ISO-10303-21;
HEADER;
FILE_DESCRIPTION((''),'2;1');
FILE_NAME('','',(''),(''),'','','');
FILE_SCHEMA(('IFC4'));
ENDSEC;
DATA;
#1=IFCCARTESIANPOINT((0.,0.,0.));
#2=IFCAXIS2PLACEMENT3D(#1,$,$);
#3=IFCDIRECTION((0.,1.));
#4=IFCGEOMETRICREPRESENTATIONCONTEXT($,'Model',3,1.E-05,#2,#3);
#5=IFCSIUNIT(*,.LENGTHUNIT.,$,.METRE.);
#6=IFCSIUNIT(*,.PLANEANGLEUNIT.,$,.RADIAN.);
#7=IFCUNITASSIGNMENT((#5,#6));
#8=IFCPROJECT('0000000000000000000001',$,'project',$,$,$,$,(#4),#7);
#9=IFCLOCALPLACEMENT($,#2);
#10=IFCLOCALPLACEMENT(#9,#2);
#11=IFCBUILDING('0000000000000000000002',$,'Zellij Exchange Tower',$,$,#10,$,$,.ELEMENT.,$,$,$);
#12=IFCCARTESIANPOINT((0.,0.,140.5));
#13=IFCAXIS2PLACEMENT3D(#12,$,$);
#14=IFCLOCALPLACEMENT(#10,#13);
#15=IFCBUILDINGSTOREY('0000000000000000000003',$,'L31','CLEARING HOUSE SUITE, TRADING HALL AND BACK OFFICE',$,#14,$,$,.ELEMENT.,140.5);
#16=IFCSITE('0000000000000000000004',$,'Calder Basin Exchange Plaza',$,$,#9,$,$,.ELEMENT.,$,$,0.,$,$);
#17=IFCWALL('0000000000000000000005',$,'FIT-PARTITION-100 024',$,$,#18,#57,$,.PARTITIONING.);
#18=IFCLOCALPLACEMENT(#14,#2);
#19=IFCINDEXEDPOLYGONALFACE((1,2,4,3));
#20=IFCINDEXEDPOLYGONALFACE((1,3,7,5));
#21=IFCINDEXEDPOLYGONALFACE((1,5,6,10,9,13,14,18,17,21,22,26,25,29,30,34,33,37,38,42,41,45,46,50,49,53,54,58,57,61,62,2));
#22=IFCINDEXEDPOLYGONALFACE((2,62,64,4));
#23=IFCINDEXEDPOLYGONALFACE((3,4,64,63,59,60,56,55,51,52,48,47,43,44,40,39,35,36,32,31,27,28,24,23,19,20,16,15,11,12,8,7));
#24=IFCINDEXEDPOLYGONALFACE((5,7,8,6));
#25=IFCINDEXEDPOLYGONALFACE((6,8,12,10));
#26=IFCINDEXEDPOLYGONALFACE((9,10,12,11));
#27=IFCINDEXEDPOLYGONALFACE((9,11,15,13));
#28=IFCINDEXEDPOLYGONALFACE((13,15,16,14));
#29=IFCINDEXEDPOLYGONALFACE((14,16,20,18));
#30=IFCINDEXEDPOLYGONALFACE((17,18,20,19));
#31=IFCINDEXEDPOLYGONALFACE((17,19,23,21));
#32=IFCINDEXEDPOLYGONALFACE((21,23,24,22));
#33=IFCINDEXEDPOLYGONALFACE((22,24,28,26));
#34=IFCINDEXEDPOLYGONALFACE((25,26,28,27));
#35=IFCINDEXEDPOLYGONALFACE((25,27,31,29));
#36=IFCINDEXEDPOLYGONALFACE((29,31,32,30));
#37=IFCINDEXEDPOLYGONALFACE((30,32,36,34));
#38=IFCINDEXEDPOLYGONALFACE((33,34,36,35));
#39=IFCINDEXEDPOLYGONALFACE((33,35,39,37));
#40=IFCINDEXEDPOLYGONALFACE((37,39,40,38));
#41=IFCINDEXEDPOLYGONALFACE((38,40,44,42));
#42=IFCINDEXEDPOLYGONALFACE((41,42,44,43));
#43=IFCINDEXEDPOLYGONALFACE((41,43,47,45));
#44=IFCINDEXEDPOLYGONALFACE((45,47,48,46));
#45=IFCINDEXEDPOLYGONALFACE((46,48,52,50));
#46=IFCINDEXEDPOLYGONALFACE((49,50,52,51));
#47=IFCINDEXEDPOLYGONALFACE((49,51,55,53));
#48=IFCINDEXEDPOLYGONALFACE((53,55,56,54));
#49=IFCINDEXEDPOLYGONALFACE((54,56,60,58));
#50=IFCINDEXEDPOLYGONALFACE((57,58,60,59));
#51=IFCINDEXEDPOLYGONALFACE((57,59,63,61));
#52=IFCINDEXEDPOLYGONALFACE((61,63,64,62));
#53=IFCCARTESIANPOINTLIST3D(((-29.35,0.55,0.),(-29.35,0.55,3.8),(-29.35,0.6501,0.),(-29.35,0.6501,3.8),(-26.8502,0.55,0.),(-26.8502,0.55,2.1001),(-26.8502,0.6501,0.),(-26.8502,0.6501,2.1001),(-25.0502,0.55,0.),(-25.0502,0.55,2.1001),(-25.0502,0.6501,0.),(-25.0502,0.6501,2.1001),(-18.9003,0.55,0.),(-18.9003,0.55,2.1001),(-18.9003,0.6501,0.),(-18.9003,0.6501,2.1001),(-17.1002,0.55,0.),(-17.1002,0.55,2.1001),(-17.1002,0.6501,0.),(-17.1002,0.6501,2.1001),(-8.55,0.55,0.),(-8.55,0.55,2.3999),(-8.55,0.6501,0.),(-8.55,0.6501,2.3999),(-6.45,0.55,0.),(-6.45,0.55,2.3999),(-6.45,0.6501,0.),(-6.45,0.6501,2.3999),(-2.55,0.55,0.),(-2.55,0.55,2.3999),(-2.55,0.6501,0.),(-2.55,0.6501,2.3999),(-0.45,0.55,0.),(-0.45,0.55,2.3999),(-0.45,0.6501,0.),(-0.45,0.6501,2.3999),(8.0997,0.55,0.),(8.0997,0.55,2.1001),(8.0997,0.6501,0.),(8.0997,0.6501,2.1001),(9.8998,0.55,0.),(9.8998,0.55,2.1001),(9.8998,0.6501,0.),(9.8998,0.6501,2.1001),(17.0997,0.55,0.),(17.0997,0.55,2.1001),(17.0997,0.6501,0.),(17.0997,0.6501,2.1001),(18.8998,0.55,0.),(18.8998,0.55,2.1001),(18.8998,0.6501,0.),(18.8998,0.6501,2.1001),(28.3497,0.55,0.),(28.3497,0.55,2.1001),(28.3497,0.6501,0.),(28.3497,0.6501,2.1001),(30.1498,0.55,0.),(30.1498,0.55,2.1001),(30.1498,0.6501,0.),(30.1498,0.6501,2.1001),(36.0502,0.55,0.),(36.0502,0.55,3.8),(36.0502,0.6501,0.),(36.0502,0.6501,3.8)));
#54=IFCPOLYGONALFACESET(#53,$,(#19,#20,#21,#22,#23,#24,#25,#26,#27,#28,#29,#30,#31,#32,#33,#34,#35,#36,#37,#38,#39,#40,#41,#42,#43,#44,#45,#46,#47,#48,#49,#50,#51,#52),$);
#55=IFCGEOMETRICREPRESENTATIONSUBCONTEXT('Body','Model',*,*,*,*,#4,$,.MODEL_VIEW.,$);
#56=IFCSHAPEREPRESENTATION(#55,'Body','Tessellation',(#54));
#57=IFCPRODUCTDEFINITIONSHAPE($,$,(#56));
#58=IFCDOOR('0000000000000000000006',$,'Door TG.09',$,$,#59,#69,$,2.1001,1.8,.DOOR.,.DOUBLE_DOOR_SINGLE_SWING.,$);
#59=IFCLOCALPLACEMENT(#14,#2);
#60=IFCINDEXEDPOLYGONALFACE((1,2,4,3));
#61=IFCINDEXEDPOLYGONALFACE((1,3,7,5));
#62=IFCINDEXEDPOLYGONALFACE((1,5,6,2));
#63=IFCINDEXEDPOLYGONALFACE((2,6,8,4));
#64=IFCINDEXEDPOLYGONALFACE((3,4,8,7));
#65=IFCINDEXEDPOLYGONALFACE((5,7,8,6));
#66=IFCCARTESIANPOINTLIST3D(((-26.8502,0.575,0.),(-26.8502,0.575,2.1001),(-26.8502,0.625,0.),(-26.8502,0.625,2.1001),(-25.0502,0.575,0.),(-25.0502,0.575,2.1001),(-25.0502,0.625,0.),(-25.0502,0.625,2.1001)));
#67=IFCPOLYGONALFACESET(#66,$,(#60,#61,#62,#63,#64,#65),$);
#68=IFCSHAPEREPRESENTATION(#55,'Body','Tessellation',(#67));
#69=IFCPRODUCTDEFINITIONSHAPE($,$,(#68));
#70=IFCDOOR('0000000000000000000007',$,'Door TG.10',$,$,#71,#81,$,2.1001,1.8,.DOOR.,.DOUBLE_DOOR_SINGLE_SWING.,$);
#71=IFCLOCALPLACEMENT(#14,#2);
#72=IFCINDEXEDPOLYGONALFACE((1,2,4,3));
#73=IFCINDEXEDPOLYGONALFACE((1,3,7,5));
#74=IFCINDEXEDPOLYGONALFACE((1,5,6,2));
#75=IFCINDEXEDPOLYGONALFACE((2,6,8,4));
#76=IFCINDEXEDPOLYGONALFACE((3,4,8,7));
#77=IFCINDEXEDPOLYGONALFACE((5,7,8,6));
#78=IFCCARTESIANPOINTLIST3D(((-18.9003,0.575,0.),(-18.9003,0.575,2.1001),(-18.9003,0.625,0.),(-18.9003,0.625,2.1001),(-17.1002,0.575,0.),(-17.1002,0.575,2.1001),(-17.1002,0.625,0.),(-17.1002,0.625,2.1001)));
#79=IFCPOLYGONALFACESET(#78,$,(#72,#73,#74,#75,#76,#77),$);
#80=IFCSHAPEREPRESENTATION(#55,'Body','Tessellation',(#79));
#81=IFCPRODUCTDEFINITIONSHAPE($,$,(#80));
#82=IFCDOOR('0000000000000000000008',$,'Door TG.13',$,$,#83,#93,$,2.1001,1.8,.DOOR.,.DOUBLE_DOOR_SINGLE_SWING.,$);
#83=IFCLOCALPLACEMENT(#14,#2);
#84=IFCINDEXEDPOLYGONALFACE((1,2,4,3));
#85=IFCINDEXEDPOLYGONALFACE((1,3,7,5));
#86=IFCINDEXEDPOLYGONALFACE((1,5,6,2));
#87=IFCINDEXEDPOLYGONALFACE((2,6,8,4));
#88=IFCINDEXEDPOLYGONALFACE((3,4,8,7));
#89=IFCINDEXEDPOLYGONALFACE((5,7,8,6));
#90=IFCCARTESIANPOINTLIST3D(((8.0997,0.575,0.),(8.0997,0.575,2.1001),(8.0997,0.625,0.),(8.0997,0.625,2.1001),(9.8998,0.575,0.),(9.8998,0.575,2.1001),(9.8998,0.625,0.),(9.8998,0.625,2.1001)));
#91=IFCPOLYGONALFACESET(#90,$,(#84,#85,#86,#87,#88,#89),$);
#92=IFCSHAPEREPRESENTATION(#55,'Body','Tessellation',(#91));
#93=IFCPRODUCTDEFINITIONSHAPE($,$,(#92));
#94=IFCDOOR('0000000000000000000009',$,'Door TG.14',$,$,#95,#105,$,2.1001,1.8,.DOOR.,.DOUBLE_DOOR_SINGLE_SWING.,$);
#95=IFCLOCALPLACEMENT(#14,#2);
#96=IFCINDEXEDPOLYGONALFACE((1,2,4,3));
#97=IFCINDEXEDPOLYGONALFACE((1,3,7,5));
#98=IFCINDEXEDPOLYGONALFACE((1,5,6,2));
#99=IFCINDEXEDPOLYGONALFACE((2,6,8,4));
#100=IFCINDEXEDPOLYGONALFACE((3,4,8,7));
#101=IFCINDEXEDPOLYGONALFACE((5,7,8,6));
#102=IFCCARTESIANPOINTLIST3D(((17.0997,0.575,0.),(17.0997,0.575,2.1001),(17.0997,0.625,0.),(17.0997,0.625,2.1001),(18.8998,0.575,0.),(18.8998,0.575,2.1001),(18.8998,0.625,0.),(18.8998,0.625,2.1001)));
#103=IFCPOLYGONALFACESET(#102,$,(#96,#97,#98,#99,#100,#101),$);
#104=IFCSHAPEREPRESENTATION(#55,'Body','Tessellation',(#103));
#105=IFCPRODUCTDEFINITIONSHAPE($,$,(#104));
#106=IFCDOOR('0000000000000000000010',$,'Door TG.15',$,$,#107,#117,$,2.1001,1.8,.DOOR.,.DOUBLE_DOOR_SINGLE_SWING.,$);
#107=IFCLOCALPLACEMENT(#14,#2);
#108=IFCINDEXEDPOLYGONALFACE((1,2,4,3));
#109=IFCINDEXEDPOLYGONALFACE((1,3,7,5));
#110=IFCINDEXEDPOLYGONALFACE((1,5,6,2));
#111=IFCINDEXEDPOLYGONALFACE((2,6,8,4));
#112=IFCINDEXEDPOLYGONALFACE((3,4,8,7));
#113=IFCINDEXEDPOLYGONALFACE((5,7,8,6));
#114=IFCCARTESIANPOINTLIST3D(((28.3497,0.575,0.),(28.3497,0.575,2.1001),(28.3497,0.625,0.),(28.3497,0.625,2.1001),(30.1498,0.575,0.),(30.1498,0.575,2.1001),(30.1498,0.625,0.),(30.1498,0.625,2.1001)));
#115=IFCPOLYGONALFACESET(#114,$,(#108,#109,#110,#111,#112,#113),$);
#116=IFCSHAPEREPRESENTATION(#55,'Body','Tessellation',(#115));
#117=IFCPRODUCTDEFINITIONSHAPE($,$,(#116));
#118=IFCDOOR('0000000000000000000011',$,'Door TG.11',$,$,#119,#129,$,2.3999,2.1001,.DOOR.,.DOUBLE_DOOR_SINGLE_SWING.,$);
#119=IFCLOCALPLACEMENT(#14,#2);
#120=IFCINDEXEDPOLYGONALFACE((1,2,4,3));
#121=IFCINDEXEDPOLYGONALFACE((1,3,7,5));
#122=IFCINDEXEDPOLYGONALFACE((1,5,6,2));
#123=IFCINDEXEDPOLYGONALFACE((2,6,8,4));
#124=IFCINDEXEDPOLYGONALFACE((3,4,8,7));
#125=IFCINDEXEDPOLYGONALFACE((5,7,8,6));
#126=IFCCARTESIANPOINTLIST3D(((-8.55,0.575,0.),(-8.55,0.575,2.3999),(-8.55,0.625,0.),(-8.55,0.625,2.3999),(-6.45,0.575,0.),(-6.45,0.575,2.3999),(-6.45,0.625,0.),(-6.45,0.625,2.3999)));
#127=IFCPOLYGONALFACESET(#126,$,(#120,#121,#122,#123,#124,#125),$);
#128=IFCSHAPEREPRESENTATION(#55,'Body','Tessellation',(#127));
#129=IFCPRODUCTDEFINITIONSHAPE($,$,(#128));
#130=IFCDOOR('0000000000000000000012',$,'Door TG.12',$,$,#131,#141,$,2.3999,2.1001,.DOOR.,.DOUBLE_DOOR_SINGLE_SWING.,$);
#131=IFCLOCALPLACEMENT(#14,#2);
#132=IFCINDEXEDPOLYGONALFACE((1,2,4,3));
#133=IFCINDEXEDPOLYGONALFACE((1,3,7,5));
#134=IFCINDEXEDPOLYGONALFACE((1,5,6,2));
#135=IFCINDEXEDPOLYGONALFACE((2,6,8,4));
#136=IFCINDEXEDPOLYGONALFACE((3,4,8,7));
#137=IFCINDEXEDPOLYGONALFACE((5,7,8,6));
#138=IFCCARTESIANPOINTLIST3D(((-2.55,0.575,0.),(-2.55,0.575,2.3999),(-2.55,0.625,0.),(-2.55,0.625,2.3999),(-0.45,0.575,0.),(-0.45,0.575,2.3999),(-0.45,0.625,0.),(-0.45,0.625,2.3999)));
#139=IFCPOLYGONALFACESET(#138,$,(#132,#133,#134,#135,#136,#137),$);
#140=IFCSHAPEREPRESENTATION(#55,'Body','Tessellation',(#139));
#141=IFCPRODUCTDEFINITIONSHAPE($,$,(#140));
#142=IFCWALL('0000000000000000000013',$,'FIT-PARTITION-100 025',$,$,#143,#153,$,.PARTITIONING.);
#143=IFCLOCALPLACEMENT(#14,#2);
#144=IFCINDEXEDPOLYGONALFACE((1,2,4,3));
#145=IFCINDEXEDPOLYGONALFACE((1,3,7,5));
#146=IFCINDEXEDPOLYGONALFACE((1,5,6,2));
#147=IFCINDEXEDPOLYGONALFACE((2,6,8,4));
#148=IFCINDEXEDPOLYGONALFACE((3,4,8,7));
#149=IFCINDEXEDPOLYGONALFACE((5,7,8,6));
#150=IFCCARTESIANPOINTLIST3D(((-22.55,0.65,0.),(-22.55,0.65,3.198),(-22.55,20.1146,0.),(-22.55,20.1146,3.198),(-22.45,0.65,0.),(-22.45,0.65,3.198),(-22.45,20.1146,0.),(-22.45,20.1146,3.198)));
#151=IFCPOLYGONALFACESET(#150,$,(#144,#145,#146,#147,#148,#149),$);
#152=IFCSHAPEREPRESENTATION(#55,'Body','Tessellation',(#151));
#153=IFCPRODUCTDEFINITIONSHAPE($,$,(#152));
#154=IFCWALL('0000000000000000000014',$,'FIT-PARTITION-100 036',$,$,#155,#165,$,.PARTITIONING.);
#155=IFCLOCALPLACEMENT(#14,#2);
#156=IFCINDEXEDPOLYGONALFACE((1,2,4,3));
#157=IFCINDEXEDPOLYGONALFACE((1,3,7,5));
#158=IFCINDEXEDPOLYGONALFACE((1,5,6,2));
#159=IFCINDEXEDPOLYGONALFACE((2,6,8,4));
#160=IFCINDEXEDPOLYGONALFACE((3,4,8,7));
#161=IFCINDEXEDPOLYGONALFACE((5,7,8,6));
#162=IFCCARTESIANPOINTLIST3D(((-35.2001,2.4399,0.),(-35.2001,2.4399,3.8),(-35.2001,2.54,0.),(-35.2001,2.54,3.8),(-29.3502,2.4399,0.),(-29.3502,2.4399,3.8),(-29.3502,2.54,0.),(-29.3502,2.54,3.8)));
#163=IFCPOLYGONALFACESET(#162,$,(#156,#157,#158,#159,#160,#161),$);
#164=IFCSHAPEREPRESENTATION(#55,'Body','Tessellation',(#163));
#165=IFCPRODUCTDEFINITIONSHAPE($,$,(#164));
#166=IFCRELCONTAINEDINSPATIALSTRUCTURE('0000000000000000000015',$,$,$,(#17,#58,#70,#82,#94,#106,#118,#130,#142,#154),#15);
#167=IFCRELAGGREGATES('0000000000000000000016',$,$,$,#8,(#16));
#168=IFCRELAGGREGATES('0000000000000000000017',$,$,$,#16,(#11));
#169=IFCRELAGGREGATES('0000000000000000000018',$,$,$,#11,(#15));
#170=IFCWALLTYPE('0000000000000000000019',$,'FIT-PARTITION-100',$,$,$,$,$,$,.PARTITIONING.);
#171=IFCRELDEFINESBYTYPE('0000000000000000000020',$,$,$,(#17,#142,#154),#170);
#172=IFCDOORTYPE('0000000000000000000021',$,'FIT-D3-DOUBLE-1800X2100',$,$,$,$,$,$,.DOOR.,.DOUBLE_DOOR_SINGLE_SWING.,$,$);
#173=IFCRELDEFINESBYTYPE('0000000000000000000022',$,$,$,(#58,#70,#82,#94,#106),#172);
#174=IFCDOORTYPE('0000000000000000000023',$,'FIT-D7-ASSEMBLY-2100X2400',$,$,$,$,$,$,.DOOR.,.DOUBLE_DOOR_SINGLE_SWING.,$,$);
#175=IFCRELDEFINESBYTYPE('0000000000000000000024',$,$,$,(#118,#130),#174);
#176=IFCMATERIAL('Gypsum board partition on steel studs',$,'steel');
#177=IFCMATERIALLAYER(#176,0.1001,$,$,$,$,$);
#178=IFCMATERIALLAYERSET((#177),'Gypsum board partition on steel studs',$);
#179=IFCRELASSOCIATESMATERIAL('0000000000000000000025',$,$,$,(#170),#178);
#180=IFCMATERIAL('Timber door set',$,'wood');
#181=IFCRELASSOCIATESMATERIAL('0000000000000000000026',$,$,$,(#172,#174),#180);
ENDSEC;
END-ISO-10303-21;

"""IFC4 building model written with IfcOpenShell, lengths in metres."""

from ifc_helpers import new_model, si_unit, direction, frame, frame_2d, origin, place, context, subcontext, project, spatial, rectangle, extrude, material, layer, layer_set, type_object, element, fill, save


model = new_model("IFC4")

# Units and contexts
model_context = context("Model", 3, precision=1e-05, world=origin(), true_north=direction((0.0, 1.0)))
body_context = subcontext(model_context, "Body", "Model", "MODEL_VIEW")
ifc_project = project(units=[si_unit("LENGTHUNIT", "METRE"), si_unit("PLANEANGLEUNIT", "RADIAN")], contexts=[model_context])

# Site, building, storey
site_placement = place(None, origin())
site = spatial("IfcSite", under=ifc_project, at=site_placement, Name="Calder Basin Exchange Plaza", CompositionType="ELEMENT", RefElevation=0.0)
building_placement = place(site_placement, origin())
building = spatial("IfcBuilding", under=site, at=building_placement, Name="Zellij Exchange Tower", CompositionType="ELEMENT")
storey_placement = place(building_placement, frame((0.0, 0.0, 140.5)))
storey = spatial("IfcBuildingStorey", under=building, at=storey_placement, Name="L31", Description="CLEARING HOUSE SUITE, TRADING HALL AND BACK OFFICE", CompositionType="ELEMENT", Elevation=140.5)

# Shared definitions
ifc_material_1 = material(Name="Gypsum board partition on steel studs", Category="steel")
ifc_layer_1 = layer(ifc_material_1, 0.1001)
ifc_layer_set_1 = layer_set([ifc_layer_1], Name="Gypsum board partition on steel studs")
wall_type_1 = type_object("IfcWallType", Name="FIT-PARTITION-100", PredefinedType="PARTITIONING", material=ifc_layer_set_1)

# Wall, openings, doors
wall_1_placement = place(storey_placement, frame((-29.3501, 0.6001, 0.0), z_axis=(0.0, 0.0, 1.0), x_axis=(1.0, 0.0, 0.0)))
wall_1 = element("IfcWall", 1, at=wall_1_placement, inside=storey, type_object=wall_type_1, Name="FIT-PARTITION-100 024", PredefinedType="PARTITIONING", context=body_context, shape_type="SweptSolid", body=[
    extrude(rectangle(XDim=65.4001, YDim=0.1001, at=frame_2d((32.7002, 0.0))), origin(), (0.0, 0.0, 1.0), 3.8),
])
opening_1_placement = place(wall_1_placement, frame((2.5, 0.0, 0.0)))
opening_1 = element("IfcOpeningElement", 2, at=opening_1_placement, cuts=wall_1, PredefinedType="OPENING", context=body_context, shape_type="SweptSolid", body=[
    extrude(rectangle(XDim=1.8, YDim=2.1001, at=frame_2d((0.8999, 1.05))), frame((0.0, 0.062, 0.0), z_axis=(0.0, -1.0, 0.0), x_axis=(1.0, 0.0, 0.0)), (0.0, 0.0, 1.0), 0.124),
])
opening_2_placement = place(wall_1_placement, frame((10.45, 0.0, 0.0)))
opening_2 = element("IfcOpeningElement", 3, at=opening_2_placement, cuts=wall_1, PredefinedType="OPENING", context=body_context, shape_type="SweptSolid", body=[
    extrude(rectangle(XDim=1.8, YDim=2.1001, at=frame_2d((0.8999, 1.05))), frame((0.0, 0.062, 0.0), z_axis=(0.0, -1.0, 0.0), x_axis=(1.0, 0.0, 0.0)), (0.0, 0.0, 1.0), 0.124),
])
opening_3_placement = place(wall_1_placement, frame((20.8, 0.0, 0.0)))
opening_3 = element("IfcOpeningElement", 4, at=opening_3_placement, cuts=wall_1, PredefinedType="OPENING", context=body_context, shape_type="SweptSolid", body=[
    extrude(rectangle(XDim=2.1001, YDim=2.3999, at=frame_2d((1.05, 1.2))), frame((0.0, 0.062, 0.0), z_axis=(0.0, -1.0, 0.0), x_axis=(1.0, 0.0, 0.0)), (0.0, 0.0, 1.0), 0.124),
])
opening_4_placement = place(wall_1_placement, frame((26.8, 0.0, 0.0)))
opening_4 = element("IfcOpeningElement", 5, at=opening_4_placement, cuts=wall_1, PredefinedType="OPENING", context=body_context, shape_type="SweptSolid", body=[
    extrude(rectangle(XDim=2.1001, YDim=2.3999, at=frame_2d((1.05, 1.2))), frame((0.0, 0.062, 0.0), z_axis=(0.0, -1.0, 0.0), x_axis=(1.0, 0.0, 0.0)), (0.0, 0.0, 1.0), 0.124),
])
opening_5_placement = place(wall_1_placement, frame((37.45, 0.0, 0.0)))
opening_5 = element("IfcOpeningElement", 6, at=opening_5_placement, cuts=wall_1, PredefinedType="OPENING", context=body_context, shape_type="SweptSolid", body=[
    extrude(rectangle(XDim=1.8, YDim=2.1001, at=frame_2d((0.8999, 1.05))), frame((0.0, 0.062, 0.0), z_axis=(0.0, -1.0, 0.0), x_axis=(1.0, 0.0, 0.0)), (0.0, 0.0, 1.0), 0.124),
])
opening_6_placement = place(wall_1_placement, frame((46.45, 0.0, 0.0)))
opening_6 = element("IfcOpeningElement", 7, at=opening_6_placement, cuts=wall_1, PredefinedType="OPENING", context=body_context, shape_type="SweptSolid", body=[
    extrude(rectangle(XDim=1.8, YDim=2.1001, at=frame_2d((0.8999, 1.05))), frame((0.0, 0.062, 0.0), z_axis=(0.0, -1.0, 0.0), x_axis=(1.0, 0.0, 0.0)), (0.0, 0.0, 1.0), 0.124),
])
opening_7_placement = place(wall_1_placement, frame((57.7, 0.0, 0.0)))
opening_7 = element("IfcOpeningElement", 8, at=opening_7_placement, cuts=wall_1, PredefinedType="OPENING", context=body_context, shape_type="SweptSolid", body=[
    extrude(rectangle(XDim=1.8, YDim=2.1001, at=frame_2d((0.8999, 1.05))), frame((0.0, 0.062, 0.0), z_axis=(0.0, -1.0, 0.0), x_axis=(1.0, 0.0, 0.0)), (0.0, 0.0, 1.0), 0.124),
])
ifc_material_2 = material(Name="Timber door set", Category="wood")
door_type_1 = type_object("IfcDoorType", Name="FIT-D3-DOUBLE-1800X2100", OperationType="DOUBLE_DOOR_SINGLE_SWING", PredefinedType="DOOR", material=ifc_material_2)
door_1_placement = place(opening_1_placement, origin())
door_1 = element("IfcDoor", 9, at=door_1_placement, inside=storey, type_object=door_type_1, Name="Door TG.09", OperationType="DOUBLE_DOOR_SINGLE_SWING", OverallHeight=2.1001, OverallWidth=1.8, PredefinedType="DOOR", context=body_context, shape_type="SweptSolid", body=[
    extrude(rectangle(XDim=1.8, YDim=2.1001, at=frame_2d((0.8999, 1.05))), frame((0.0, 0.0249, 0.0), z_axis=(0.0, -1.0, 0.0), x_axis=(1.0, 0.0, 0.0)), (0.0, 0.0, 1.0), 0.05),
])
fill(opening_1, door_1)
door_2_placement = place(opening_2_placement, origin())
door_2 = element("IfcDoor", 10, at=door_2_placement, inside=storey, type_object=door_type_1, Name="Door TG.10", OperationType="DOUBLE_DOOR_SINGLE_SWING", OverallHeight=2.1001, OverallWidth=1.8, PredefinedType="DOOR", context=body_context, shape_type="SweptSolid", body=[
    extrude(rectangle(XDim=1.8, YDim=2.1001, at=frame_2d((0.8999, 1.05))), frame((0.0, 0.0249, 0.0), z_axis=(0.0, -1.0, 0.0), x_axis=(1.0, 0.0, 0.0)), (0.0, 0.0, 1.0), 0.05),
])
fill(opening_2, door_2)
door_3_placement = place(opening_5_placement, origin())
door_3 = element("IfcDoor", 11, at=door_3_placement, inside=storey, type_object=door_type_1, Name="Door TG.13", OperationType="DOUBLE_DOOR_SINGLE_SWING", OverallHeight=2.1001, OverallWidth=1.8, PredefinedType="DOOR", context=body_context, shape_type="SweptSolid", body=[
    extrude(rectangle(XDim=1.8, YDim=2.1001, at=frame_2d((0.8999, 1.05))), frame((0.0, 0.0249, 0.0), z_axis=(0.0, -1.0, 0.0), x_axis=(1.0, 0.0, 0.0)), (0.0, 0.0, 1.0), 0.05),
])
fill(opening_5, door_3)
door_4_placement = place(opening_6_placement, origin())
door_4 = element("IfcDoor", 12, at=door_4_placement, inside=storey, type_object=door_type_1, Name="Door TG.14", OperationType="DOUBLE_DOOR_SINGLE_SWING", OverallHeight=2.1001, OverallWidth=1.8, PredefinedType="DOOR", context=body_context, shape_type="SweptSolid", body=[
    extrude(rectangle(XDim=1.8, YDim=2.1001, at=frame_2d((0.8999, 1.05))), frame((0.0, 0.0249, 0.0), z_axis=(0.0, -1.0, 0.0), x_axis=(1.0, 0.0, 0.0)), (0.0, 0.0, 1.0), 0.05),
])
fill(opening_6, door_4)
door_5_placement = place(opening_7_placement, origin())
door_5 = element("IfcDoor", 13, at=door_5_placement, inside=storey, type_object=door_type_1, Name="Door TG.15", OperationType="DOUBLE_DOOR_SINGLE_SWING", OverallHeight=2.1001, OverallWidth=1.8, PredefinedType="DOOR", context=body_context, shape_type="SweptSolid", body=[
    extrude(rectangle(XDim=1.8, YDim=2.1001, at=frame_2d((0.8999, 1.05))), frame((0.0, 0.0249, 0.0), z_axis=(0.0, -1.0, 0.0), x_axis=(1.0, 0.0, 0.0)), (0.0, 0.0, 1.0), 0.05),
])
fill(opening_7, door_5)
door_type_2 = type_object("IfcDoorType", Name="FIT-D7-ASSEMBLY-2100X2400", OperationType="DOUBLE_DOOR_SINGLE_SWING", PredefinedType="DOOR", material=ifc_material_2)
door_6_placement = place(opening_3_placement, origin())
door_6 = element("IfcDoor", 14, at=door_6_placement, inside=storey, type_object=door_type_2, Name="Door TG.11", OperationType="DOUBLE_DOOR_SINGLE_SWING", OverallHeight=2.3999, OverallWidth=2.1001, PredefinedType="DOOR", context=body_context, shape_type="SweptSolid", body=[
    extrude(rectangle(XDim=2.1001, YDim=2.3999, at=frame_2d((1.05, 1.2))), frame((0.0, 0.0249, 0.0), z_axis=(0.0, -1.0, 0.0), x_axis=(1.0, 0.0, 0.0)), (0.0, 0.0, 1.0), 0.05),
])
fill(opening_3, door_6)
door_7_placement = place(opening_4_placement, origin())
door_7 = element("IfcDoor", 15, at=door_7_placement, inside=storey, type_object=door_type_2, Name="Door TG.12", OperationType="DOUBLE_DOOR_SINGLE_SWING", OverallHeight=2.3999, OverallWidth=2.1001, PredefinedType="DOOR", context=body_context, shape_type="SweptSolid", body=[
    extrude(rectangle(XDim=2.1001, YDim=2.3999, at=frame_2d((1.05, 1.2))), frame((0.0, 0.0249, 0.0), z_axis=(0.0, -1.0, 0.0), x_axis=(1.0, 0.0, 0.0)), (0.0, 0.0, 1.0), 0.05),
])
fill(opening_4, door_7)

# Walls
wall_2_placement = place(storey_placement, frame((-22.5, 0.6499, 0.0), z_axis=(0.0, 0.0, 1.0), x_axis=(0.0, 1.0, 0.0)))
element("IfcWall", 16, at=wall_2_placement, inside=storey, type_object=wall_type_1, Name="FIT-PARTITION-100 025", PredefinedType="PARTITIONING", context=body_context, shape_type="SweptSolid", body=[
    extrude(rectangle(XDim=19.4646, YDim=0.1001, at=frame_2d((9.7324, 0.0))), origin(), (0.0, 0.0, 1.0), 3.198),
])
wall_3_placement = place(storey_placement, frame((-35.2, 2.49, 0.0), z_axis=(0.0, 0.0, 1.0), x_axis=(1.0, 0.0, 0.0)))
element("IfcWall", 17, at=wall_3_placement, inside=storey, type_object=wall_type_1, Name="FIT-PARTITION-100 036", PredefinedType="PARTITIONING", context=body_context, shape_type="SweptSolid", body=[
    extrude(rectangle(XDim=5.8499, YDim=0.1001, at=frame_2d((2.9248, 0.0))), origin(), (0.0, 0.0, 1.0), 3.8),
])

save(model, "model.ifc")
